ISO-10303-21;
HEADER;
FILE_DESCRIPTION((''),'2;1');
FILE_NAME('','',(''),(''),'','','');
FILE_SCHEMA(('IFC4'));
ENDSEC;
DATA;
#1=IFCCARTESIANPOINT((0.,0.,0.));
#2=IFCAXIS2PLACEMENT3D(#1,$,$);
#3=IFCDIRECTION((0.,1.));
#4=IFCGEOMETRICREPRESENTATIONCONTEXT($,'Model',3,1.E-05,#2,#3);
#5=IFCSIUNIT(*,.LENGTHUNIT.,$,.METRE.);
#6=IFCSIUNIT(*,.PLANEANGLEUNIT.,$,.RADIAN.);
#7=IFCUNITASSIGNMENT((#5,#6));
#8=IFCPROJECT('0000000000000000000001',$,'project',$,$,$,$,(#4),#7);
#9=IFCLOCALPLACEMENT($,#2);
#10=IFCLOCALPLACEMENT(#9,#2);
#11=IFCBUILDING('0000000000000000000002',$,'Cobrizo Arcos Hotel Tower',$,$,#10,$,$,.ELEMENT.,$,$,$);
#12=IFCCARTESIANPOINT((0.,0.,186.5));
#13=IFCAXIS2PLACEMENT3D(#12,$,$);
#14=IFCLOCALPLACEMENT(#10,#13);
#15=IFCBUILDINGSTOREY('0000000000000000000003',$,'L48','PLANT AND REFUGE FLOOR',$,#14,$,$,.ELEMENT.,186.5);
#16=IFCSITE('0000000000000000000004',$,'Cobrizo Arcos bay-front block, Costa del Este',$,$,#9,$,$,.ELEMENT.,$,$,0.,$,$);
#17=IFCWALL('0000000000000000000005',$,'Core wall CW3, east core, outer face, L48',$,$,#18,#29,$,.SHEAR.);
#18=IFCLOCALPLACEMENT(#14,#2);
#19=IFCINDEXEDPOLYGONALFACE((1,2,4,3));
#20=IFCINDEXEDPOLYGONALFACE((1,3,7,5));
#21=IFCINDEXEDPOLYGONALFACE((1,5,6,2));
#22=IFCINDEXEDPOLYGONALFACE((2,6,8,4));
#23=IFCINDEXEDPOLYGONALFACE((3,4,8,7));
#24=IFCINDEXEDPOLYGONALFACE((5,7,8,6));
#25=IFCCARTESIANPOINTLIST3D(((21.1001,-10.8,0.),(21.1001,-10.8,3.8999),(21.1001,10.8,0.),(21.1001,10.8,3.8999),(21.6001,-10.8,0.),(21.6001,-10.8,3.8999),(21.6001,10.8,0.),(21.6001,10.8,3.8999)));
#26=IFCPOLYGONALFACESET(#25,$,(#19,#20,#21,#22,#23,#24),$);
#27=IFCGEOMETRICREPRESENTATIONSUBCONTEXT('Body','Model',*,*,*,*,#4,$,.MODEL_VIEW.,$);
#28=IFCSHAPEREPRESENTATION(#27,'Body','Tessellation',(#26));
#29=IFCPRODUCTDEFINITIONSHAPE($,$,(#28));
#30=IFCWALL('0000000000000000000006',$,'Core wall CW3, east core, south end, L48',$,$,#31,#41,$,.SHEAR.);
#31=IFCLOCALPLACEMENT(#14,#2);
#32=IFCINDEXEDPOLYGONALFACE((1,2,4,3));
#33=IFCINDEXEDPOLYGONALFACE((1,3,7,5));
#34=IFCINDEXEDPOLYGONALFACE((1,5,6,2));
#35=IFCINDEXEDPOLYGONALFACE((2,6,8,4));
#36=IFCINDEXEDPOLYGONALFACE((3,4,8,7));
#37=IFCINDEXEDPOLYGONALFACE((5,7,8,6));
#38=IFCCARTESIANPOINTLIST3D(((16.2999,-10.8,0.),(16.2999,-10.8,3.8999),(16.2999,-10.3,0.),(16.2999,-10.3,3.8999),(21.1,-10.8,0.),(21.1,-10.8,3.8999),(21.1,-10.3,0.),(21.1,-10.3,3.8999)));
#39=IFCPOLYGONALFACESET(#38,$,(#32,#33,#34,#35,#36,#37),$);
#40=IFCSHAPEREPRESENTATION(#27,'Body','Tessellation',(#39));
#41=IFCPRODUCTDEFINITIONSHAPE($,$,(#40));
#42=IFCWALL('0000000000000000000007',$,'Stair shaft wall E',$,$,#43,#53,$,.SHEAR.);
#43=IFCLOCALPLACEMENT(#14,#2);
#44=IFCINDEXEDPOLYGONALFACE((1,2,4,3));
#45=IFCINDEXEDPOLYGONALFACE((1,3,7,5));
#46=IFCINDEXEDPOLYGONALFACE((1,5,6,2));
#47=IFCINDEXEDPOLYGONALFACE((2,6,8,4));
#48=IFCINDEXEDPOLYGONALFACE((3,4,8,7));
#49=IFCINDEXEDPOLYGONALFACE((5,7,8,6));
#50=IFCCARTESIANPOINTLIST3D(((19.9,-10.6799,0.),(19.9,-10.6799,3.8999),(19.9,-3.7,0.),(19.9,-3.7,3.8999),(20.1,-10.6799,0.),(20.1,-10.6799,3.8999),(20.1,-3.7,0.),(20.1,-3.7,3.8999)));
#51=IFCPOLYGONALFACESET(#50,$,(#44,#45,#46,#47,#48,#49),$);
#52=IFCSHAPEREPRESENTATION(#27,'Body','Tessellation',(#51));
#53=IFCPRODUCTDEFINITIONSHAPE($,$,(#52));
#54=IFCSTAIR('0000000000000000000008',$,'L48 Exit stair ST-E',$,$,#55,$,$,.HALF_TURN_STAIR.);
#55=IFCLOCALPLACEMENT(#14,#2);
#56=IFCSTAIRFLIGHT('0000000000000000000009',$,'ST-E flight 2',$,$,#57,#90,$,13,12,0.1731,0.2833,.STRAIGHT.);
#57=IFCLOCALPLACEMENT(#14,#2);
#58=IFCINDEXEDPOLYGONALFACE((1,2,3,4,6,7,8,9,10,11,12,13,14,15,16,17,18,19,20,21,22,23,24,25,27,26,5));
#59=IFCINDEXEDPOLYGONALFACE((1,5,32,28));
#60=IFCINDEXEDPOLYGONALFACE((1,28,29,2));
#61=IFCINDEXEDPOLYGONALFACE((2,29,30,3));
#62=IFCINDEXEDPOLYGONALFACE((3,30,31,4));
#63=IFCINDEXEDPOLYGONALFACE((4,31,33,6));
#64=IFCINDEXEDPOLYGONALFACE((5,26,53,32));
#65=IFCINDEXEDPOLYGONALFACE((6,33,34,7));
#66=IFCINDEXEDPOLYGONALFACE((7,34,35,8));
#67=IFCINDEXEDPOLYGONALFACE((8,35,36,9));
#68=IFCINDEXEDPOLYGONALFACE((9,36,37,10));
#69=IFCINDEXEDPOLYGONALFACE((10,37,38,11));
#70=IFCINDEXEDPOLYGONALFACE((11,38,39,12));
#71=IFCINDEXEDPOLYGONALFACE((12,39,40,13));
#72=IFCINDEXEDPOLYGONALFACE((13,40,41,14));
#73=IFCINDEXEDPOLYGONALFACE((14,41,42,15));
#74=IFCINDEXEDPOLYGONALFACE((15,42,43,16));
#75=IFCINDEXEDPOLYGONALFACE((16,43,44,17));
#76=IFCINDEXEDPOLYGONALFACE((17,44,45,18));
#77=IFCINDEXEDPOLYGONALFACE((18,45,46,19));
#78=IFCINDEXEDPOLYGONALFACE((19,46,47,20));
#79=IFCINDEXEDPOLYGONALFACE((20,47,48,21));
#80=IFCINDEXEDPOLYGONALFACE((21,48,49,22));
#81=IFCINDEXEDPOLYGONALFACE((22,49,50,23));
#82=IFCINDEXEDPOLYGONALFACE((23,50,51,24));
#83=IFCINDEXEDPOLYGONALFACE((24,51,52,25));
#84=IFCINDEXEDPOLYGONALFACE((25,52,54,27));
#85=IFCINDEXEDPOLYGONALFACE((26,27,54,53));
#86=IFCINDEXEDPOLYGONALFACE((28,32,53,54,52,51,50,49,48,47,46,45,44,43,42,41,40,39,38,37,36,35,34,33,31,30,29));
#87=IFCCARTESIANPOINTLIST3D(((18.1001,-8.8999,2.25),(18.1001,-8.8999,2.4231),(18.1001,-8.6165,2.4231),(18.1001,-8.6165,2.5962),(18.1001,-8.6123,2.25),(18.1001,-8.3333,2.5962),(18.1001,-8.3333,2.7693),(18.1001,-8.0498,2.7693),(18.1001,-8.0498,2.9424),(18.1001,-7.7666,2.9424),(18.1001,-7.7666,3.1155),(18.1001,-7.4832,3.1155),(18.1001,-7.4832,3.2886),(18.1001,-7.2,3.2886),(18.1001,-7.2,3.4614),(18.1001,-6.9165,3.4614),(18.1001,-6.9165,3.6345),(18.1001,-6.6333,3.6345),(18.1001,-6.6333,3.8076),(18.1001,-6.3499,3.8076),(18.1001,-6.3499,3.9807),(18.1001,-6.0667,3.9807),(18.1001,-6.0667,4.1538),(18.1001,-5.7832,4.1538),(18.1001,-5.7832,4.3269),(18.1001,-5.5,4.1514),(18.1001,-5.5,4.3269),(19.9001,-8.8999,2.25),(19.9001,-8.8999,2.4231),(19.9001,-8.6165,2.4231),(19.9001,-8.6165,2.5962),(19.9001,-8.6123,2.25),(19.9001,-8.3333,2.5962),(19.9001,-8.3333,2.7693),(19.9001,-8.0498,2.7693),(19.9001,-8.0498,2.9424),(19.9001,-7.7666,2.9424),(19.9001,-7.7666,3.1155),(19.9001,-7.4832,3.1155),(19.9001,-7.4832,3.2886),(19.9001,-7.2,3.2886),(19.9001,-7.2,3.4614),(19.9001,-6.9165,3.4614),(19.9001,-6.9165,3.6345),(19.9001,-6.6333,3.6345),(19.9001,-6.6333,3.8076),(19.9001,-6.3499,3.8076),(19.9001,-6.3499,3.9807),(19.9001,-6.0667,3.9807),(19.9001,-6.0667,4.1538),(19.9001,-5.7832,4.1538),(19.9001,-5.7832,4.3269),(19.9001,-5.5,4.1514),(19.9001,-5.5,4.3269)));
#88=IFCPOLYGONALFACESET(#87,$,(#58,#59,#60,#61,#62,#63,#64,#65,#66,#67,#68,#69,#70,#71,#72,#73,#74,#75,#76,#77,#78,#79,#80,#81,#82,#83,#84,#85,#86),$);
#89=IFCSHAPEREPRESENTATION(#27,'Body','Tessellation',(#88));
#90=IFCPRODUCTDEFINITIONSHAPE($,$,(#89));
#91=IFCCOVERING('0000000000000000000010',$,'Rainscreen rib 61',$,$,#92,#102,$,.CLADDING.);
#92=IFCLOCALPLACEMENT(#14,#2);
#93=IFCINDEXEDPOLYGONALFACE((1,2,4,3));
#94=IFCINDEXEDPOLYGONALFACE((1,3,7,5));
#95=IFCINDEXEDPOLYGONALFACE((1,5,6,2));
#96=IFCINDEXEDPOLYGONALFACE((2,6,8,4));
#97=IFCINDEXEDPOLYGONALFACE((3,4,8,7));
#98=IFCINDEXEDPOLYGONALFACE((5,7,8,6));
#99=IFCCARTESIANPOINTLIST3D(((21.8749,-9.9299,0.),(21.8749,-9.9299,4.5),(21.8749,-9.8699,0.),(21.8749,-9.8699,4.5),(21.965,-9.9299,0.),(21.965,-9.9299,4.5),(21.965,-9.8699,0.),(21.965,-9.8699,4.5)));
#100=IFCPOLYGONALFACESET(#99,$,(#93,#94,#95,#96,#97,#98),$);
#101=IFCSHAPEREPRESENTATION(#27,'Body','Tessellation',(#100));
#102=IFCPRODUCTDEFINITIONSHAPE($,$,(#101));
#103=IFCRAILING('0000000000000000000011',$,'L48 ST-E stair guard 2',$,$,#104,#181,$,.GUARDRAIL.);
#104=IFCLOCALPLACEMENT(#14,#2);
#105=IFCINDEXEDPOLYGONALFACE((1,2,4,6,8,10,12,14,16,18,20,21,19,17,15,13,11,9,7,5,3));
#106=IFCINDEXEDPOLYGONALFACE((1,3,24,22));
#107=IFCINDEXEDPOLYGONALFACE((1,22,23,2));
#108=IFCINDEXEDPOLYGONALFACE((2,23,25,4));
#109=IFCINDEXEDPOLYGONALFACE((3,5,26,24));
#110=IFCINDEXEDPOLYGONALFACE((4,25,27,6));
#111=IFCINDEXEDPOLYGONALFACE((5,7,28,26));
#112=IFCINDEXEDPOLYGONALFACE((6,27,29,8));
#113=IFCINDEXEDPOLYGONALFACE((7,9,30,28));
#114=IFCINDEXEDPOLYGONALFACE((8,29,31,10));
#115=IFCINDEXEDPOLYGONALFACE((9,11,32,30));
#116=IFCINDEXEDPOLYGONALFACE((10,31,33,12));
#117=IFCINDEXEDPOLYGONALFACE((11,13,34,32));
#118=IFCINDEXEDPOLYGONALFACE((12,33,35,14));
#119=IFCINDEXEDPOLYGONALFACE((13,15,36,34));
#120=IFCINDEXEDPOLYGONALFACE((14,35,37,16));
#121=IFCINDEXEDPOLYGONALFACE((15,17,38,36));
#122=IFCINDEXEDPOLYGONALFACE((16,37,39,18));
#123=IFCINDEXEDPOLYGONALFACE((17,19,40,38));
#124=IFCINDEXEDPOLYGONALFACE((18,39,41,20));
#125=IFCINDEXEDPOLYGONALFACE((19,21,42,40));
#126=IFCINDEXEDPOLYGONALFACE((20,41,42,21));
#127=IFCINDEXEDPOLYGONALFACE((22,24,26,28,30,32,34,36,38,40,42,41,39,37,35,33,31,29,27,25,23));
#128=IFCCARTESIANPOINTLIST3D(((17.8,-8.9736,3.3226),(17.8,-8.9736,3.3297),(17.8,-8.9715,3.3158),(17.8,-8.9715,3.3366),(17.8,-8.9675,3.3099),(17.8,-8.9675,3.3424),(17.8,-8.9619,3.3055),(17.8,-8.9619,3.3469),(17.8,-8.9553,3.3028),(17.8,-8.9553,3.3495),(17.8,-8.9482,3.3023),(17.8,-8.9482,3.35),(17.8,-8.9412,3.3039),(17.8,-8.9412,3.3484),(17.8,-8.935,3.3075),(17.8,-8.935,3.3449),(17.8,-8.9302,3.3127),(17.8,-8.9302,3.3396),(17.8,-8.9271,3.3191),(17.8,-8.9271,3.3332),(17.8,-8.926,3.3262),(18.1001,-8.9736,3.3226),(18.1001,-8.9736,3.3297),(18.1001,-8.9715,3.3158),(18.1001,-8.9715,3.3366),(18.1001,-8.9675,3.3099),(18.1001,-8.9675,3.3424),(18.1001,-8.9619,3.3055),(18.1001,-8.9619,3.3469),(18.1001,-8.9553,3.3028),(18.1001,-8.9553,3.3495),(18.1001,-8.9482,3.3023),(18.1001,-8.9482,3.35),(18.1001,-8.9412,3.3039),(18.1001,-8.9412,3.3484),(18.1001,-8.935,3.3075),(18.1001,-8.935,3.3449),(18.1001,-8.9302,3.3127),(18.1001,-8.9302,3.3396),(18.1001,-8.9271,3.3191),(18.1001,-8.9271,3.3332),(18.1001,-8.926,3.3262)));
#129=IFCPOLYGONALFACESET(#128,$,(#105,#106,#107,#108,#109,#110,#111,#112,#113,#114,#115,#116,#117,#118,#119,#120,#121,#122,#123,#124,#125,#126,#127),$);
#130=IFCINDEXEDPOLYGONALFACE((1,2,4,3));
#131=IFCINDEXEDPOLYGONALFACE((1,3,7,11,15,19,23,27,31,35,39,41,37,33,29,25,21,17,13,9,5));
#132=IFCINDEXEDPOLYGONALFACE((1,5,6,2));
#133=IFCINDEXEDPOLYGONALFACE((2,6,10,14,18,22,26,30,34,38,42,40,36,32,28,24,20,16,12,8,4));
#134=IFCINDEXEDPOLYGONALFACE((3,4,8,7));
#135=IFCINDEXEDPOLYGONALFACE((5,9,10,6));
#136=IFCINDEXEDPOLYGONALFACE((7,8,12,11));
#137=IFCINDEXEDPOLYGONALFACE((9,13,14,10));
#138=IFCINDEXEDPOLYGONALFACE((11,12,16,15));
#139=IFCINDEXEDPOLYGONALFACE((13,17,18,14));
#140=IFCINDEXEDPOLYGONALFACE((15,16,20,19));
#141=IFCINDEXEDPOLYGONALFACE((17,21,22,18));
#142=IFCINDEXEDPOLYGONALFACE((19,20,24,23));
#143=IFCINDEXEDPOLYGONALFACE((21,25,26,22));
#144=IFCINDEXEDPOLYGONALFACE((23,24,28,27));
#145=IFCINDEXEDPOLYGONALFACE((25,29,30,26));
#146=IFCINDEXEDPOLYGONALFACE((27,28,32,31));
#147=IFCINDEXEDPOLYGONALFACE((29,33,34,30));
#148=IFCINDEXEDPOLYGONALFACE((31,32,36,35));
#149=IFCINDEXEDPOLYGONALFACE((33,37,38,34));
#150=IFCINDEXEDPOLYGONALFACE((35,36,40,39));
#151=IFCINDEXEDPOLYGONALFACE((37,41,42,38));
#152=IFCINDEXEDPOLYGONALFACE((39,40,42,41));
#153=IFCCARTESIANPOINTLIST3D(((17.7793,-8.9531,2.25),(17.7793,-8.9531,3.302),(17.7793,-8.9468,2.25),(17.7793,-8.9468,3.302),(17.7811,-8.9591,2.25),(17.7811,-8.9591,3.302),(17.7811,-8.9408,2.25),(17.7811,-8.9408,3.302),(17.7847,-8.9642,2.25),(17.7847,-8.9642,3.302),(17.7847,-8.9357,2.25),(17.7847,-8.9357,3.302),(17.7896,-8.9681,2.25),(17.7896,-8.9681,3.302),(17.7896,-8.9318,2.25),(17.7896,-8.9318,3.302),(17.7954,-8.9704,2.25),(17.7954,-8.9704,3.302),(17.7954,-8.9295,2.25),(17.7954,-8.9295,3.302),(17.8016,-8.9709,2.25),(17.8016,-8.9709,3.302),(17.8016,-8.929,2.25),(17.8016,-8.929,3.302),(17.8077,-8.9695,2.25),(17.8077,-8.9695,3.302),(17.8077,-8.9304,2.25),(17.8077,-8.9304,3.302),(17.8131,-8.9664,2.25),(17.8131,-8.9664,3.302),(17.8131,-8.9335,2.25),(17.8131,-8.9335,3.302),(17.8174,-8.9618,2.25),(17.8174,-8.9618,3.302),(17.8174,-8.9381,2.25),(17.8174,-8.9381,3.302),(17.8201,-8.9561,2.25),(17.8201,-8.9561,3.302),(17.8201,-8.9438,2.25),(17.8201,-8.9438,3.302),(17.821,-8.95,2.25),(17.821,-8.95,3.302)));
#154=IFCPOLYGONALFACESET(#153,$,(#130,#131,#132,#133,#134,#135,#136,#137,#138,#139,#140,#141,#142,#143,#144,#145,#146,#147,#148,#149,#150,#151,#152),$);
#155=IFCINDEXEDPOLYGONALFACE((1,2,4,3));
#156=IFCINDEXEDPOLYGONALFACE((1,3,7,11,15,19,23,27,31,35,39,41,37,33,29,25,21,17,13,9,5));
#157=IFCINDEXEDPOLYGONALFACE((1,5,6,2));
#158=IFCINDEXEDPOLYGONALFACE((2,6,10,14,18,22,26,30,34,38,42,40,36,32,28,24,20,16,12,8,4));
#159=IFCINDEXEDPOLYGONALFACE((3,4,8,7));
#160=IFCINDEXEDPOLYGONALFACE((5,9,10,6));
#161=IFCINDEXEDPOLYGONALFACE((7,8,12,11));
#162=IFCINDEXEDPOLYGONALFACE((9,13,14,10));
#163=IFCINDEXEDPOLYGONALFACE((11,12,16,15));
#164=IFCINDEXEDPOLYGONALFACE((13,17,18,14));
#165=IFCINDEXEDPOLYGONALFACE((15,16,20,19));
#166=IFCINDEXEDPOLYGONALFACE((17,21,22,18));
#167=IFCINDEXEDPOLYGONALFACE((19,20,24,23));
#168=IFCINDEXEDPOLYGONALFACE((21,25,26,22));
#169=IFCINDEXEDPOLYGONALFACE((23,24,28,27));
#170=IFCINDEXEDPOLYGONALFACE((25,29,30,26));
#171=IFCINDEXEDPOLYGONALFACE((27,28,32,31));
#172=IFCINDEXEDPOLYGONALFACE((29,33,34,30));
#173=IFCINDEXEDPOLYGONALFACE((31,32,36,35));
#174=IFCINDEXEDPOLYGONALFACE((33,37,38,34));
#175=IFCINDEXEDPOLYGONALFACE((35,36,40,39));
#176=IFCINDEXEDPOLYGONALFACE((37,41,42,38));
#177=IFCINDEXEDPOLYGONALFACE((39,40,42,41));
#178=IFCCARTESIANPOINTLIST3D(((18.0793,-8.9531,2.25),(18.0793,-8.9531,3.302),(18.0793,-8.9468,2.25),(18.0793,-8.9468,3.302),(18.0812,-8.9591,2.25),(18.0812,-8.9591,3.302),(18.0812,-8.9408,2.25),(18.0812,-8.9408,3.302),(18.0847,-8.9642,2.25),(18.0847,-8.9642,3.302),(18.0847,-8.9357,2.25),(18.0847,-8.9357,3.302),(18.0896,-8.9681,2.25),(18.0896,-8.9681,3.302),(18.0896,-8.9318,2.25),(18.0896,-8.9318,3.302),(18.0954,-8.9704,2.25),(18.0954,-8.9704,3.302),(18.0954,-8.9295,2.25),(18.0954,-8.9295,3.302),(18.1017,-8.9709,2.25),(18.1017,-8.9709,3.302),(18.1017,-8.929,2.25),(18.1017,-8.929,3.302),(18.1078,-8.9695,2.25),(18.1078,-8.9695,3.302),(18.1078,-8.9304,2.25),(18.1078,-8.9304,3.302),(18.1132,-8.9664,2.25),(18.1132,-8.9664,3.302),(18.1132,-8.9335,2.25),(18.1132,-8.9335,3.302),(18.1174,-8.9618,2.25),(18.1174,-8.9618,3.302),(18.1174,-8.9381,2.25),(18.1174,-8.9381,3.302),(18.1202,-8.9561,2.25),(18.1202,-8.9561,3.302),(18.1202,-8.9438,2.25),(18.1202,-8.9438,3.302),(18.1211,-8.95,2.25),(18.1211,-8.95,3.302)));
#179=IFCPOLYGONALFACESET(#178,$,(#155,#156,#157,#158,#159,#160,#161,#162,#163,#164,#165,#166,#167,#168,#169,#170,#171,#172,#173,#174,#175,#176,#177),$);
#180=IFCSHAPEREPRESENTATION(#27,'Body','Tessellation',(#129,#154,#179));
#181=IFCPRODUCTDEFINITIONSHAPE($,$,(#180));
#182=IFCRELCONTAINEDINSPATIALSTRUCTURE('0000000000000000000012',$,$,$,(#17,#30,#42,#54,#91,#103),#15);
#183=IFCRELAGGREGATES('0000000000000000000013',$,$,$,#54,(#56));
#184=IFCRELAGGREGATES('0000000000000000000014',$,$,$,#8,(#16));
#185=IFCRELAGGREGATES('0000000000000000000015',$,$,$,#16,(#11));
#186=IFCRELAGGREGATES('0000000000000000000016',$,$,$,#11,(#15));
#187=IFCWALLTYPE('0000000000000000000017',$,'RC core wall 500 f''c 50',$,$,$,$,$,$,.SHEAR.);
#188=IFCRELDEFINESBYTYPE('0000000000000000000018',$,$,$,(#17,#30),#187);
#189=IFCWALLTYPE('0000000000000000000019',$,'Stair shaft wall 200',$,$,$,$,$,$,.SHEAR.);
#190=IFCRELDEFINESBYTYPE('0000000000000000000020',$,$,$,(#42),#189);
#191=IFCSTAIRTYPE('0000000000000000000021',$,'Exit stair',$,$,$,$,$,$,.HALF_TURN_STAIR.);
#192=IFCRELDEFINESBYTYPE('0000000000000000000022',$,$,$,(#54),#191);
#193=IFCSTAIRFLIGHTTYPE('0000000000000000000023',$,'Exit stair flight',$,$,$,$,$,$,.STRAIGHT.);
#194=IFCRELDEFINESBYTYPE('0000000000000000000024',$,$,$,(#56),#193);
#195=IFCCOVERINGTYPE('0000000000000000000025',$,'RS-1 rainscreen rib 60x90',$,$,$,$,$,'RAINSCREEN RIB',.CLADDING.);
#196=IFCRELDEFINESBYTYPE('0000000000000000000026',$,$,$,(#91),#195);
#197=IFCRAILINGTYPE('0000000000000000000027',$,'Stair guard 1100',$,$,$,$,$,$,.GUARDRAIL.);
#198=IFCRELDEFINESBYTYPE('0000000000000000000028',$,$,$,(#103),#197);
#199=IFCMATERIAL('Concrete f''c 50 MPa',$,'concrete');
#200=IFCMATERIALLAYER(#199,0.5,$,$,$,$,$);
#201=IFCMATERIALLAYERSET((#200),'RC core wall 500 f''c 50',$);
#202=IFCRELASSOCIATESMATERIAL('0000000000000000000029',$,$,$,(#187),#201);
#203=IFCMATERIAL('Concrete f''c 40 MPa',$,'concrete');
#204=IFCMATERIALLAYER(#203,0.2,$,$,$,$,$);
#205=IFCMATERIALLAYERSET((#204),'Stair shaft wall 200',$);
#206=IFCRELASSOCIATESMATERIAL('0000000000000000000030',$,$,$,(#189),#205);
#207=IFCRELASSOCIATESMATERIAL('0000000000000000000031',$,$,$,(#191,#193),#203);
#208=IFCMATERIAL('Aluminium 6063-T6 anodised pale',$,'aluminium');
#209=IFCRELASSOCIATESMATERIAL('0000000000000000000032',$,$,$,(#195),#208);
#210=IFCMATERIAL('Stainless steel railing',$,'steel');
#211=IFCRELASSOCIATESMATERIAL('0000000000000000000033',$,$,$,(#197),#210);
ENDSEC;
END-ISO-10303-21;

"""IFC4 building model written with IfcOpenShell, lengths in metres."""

from ifc_helpers import new_model, si_unit, direction, frame, frame_2d, origin, origin_2d, place, context, subcontext, project, spatial, polyline, rectangle, circle, outline, extrude, material, layer, layer_set, type_object, element, aggregate, save


model = new_model("IFC4")

# Units and contexts
model_context = context("Model", 3, precision=1e-05, world=origin(), true_north=direction((0.0, 1.0)))
body_context = subcontext(model_context, "Body", "Model", "MODEL_VIEW")
ifc_project = project(units=[si_unit("LENGTHUNIT", "METRE"), si_unit("PLANEANGLEUNIT", "RADIAN")], contexts=[model_context])

# Site, building, storey
site_placement = place(None, origin())
site = spatial("IfcSite", under=ifc_project, at=site_placement, Name="Cobrizo Arcos bay-front block, Costa del Este", CompositionType="ELEMENT", RefElevation=0.0)
building_placement = place(site_placement, origin())
building = spatial("IfcBuilding", under=site, at=building_placement, Name="Cobrizo Arcos Hotel Tower", CompositionType="ELEMENT")
storey_placement = place(building_placement, frame((0.0, 0.0, 186.5)))
storey = spatial("IfcBuildingStorey", under=building, at=storey_placement, Name="L48", Description="PLANT AND REFUGE FLOOR", CompositionType="ELEMENT", Elevation=186.5)

# Shared definitions
ifc_material_1 = material(Name="Concrete f'c 50 MPa", Category="concrete")
ifc_layer_1 = layer(ifc_material_1, 0.5)
ifc_layer_set_1 = layer_set([ifc_layer_1], Name="RC core wall 500 f'c 50")
wall_type_1 = type_object("IfcWallType", Name="RC core wall 500 f'c 50", PredefinedType="SHEAR", material=ifc_layer_set_1)

# Walls
wall_1_placement = place(storey_placement, frame((21.3501, -10.8, 0.0), z_axis=(0.0, 0.0, 1.0), x_axis=(0.0, 1.0, 0.0)))
element("IfcWall", 1, at=wall_1_placement, inside=storey, type_object=wall_type_1, Name="Core wall CW3, east core, outer face, L48", PredefinedType="SHEAR", context=body_context, shape_type="SweptSolid", body=[
    extrude(rectangle(XDim=21.6001, YDim=0.5, at=frame_2d((10.8, 0.0))), origin(), (0.0, 0.0, 1.0), 3.8999),
])
wall_2_placement = place(storey_placement, frame((16.3, -10.55, 0.0), z_axis=(0.0, 0.0, 1.0), x_axis=(1.0, 0.0, 0.0)))
element("IfcWall", 2, at=wall_2_placement, inside=storey, type_object=wall_type_1, Name="Core wall CW3, east core, south end, L48", PredefinedType="SHEAR", context=body_context, shape_type="SweptSolid", body=[
    extrude(rectangle(XDim=4.8, YDim=0.5, at=frame_2d((2.3999, 0.0))), origin(), (0.0, 0.0, 1.0), 3.8999),
])
ifc_material_2 = material(Name="Concrete f'c 40 MPa", Category="concrete")
ifc_layer_2 = layer(ifc_material_2, 0.2)
ifc_layer_set_2 = layer_set([ifc_layer_2], Name="Stair shaft wall 200")
wall_type_2 = type_object("IfcWallType", Name="Stair shaft wall 200", PredefinedType="SHEAR", material=ifc_layer_set_2)
wall_3_placement = place(storey_placement, frame((20.0, -10.6799, 0.0), z_axis=(0.0, 0.0, 1.0), x_axis=(0.0, 1.0, 0.0)))
element("IfcWall", 3, at=wall_3_placement, inside=storey, type_object=wall_type_2, Name="Stair shaft wall E", PredefinedType="SHEAR", context=body_context, shape_type="SweptSolid", body=[
    extrude(rectangle(XDim=6.98, YDim=0.2, at=frame_2d((3.49, 0.0))), origin(), (0.0, 0.0, 1.0), 3.8999),
])

# Stair, stair flight
stair_type = type_object("IfcStairType", Name="Exit stair", PredefinedType="HALF_TURN_STAIR", material=ifc_material_2)
stair_placement = place(storey_placement, origin())
stair = element("IfcStair", 4, at=stair_placement, inside=storey, type_object=stair_type, Name="L48 Exit stair ST-E", PredefinedType="HALF_TURN_STAIR")
stair_flight_type = type_object("IfcStairFlightType", Name="Exit stair flight", PredefinedType="STRAIGHT", material=ifc_material_2)
stair_flight_placement = place(storey_placement, frame((19.0, -8.8999, 2.25), z_axis=(0.0, 0.0, 1.0), x_axis=(0.0, 1.0, 0.0)))
stair_flight = element("IfcStairFlight", 5, at=stair_flight_placement, type_object=stair_flight_type, Name="ST-E flight 2", NumberOfRisers=13, NumberOfTreads=12, PredefinedType="STRAIGHT", RiserHeight=0.1731, TreadLength=0.2833, context=body_context, shape_type="SweptSolid", body=[
    extrude(outline(polyline([(0.0, 0.0), (0.0, 0.1731), (0.2834, 0.1731), (0.2834, 0.3462), (0.5667, 0.3462), (0.5667, 0.5193), (0.8501, 0.5193), (0.8501, 0.6924), (1.1333, 0.6924), (1.1333, 0.8655), (1.4167, 0.8655), (1.4167, 1.0386), (1.7, 1.0386), (1.7, 1.2114), (1.9834, 1.2114), (1.9834, 1.3845), (2.2666, 1.3845), (2.2666, 1.5576), (2.55, 1.5576), (2.55, 1.7307), (2.8333, 1.7307), (2.8333, 1.9038), (3.1167, 1.9038), (3.1167, 2.0769), (3.3999, 2.0769), (3.3999, 2.25), (3.3999, 1.9014), (0.2876, 0.0), (0.0, 0.0)])), frame((0.0, 0.8999, 0.0), z_axis=(0.0, -1.0, 0.0), x_axis=(1.0, 0.0, 0.0)), (0.0, 0.0, 1.0), 1.8),
])
aggregate(stair, [stair_flight])

# Covering
ifc_material_3 = material(Name="Aluminium 6063-T6 anodised pale", Category="aluminium")
covering_type = type_object("IfcCoveringType", Name="RS-1 rainscreen rib 60x90", ElementType="RAINSCREEN RIB", PredefinedType="CLADDING", material=ifc_material_3)
covering_placement = place(storey_placement, frame((21.9199, -9.8999, 0.0), z_axis=(0.0, 0.0, 1.0), x_axis=(0.0, 1.0, 0.0)))
element("IfcCovering", 6, at=covering_placement, inside=storey, type_object=covering_type, Name="Rainscreen rib 61", PredefinedType="CLADDING", context=body_context, shape_type="SweptSolid", body=[
    extrude(rectangle(XDim=0.0601, YDim=0.0901, at=origin_2d()), origin(), (0.0, 0.0, 1.0), 4.5),
])

# Railing
ifc_material_4 = material(Name="Stainless steel railing", Category="steel")
railing_type = type_object("IfcRailingType", Name="Stair guard 1100", PredefinedType="GUARDRAIL", material=ifc_material_4)
railing_1_placement = place(storey_placement, frame((17.8, -8.95, 2.25)))
element("IfcRailing", 7, at=railing_1_placement, inside=storey, type_object=railing_type, Name="L48 ST-E stair guard 2", PredefinedType="GUARDRAIL", context=body_context, shape_type="SweptSolid", body=[
    extrude(circle(Radius=0.0239, at=origin_2d()), frame((0.0, 0.0, 1.0762), z_axis=(1.0, 0.0, 0.0), x_axis=(0.0, 1.0, 0.0)), (0.0, 0.0, 1.0), 0.3),
    extrude(circle(Radius=0.021, at=origin_2d()), origin(), (0.0, 0.0, 1.0), 1.052),
    extrude(circle(Radius=0.021, at=origin_2d()), frame((0.3, 0.0, 0.0)), (0.0, 0.0, 1.0), 1.052),
])

save(model, "model.ifc")
